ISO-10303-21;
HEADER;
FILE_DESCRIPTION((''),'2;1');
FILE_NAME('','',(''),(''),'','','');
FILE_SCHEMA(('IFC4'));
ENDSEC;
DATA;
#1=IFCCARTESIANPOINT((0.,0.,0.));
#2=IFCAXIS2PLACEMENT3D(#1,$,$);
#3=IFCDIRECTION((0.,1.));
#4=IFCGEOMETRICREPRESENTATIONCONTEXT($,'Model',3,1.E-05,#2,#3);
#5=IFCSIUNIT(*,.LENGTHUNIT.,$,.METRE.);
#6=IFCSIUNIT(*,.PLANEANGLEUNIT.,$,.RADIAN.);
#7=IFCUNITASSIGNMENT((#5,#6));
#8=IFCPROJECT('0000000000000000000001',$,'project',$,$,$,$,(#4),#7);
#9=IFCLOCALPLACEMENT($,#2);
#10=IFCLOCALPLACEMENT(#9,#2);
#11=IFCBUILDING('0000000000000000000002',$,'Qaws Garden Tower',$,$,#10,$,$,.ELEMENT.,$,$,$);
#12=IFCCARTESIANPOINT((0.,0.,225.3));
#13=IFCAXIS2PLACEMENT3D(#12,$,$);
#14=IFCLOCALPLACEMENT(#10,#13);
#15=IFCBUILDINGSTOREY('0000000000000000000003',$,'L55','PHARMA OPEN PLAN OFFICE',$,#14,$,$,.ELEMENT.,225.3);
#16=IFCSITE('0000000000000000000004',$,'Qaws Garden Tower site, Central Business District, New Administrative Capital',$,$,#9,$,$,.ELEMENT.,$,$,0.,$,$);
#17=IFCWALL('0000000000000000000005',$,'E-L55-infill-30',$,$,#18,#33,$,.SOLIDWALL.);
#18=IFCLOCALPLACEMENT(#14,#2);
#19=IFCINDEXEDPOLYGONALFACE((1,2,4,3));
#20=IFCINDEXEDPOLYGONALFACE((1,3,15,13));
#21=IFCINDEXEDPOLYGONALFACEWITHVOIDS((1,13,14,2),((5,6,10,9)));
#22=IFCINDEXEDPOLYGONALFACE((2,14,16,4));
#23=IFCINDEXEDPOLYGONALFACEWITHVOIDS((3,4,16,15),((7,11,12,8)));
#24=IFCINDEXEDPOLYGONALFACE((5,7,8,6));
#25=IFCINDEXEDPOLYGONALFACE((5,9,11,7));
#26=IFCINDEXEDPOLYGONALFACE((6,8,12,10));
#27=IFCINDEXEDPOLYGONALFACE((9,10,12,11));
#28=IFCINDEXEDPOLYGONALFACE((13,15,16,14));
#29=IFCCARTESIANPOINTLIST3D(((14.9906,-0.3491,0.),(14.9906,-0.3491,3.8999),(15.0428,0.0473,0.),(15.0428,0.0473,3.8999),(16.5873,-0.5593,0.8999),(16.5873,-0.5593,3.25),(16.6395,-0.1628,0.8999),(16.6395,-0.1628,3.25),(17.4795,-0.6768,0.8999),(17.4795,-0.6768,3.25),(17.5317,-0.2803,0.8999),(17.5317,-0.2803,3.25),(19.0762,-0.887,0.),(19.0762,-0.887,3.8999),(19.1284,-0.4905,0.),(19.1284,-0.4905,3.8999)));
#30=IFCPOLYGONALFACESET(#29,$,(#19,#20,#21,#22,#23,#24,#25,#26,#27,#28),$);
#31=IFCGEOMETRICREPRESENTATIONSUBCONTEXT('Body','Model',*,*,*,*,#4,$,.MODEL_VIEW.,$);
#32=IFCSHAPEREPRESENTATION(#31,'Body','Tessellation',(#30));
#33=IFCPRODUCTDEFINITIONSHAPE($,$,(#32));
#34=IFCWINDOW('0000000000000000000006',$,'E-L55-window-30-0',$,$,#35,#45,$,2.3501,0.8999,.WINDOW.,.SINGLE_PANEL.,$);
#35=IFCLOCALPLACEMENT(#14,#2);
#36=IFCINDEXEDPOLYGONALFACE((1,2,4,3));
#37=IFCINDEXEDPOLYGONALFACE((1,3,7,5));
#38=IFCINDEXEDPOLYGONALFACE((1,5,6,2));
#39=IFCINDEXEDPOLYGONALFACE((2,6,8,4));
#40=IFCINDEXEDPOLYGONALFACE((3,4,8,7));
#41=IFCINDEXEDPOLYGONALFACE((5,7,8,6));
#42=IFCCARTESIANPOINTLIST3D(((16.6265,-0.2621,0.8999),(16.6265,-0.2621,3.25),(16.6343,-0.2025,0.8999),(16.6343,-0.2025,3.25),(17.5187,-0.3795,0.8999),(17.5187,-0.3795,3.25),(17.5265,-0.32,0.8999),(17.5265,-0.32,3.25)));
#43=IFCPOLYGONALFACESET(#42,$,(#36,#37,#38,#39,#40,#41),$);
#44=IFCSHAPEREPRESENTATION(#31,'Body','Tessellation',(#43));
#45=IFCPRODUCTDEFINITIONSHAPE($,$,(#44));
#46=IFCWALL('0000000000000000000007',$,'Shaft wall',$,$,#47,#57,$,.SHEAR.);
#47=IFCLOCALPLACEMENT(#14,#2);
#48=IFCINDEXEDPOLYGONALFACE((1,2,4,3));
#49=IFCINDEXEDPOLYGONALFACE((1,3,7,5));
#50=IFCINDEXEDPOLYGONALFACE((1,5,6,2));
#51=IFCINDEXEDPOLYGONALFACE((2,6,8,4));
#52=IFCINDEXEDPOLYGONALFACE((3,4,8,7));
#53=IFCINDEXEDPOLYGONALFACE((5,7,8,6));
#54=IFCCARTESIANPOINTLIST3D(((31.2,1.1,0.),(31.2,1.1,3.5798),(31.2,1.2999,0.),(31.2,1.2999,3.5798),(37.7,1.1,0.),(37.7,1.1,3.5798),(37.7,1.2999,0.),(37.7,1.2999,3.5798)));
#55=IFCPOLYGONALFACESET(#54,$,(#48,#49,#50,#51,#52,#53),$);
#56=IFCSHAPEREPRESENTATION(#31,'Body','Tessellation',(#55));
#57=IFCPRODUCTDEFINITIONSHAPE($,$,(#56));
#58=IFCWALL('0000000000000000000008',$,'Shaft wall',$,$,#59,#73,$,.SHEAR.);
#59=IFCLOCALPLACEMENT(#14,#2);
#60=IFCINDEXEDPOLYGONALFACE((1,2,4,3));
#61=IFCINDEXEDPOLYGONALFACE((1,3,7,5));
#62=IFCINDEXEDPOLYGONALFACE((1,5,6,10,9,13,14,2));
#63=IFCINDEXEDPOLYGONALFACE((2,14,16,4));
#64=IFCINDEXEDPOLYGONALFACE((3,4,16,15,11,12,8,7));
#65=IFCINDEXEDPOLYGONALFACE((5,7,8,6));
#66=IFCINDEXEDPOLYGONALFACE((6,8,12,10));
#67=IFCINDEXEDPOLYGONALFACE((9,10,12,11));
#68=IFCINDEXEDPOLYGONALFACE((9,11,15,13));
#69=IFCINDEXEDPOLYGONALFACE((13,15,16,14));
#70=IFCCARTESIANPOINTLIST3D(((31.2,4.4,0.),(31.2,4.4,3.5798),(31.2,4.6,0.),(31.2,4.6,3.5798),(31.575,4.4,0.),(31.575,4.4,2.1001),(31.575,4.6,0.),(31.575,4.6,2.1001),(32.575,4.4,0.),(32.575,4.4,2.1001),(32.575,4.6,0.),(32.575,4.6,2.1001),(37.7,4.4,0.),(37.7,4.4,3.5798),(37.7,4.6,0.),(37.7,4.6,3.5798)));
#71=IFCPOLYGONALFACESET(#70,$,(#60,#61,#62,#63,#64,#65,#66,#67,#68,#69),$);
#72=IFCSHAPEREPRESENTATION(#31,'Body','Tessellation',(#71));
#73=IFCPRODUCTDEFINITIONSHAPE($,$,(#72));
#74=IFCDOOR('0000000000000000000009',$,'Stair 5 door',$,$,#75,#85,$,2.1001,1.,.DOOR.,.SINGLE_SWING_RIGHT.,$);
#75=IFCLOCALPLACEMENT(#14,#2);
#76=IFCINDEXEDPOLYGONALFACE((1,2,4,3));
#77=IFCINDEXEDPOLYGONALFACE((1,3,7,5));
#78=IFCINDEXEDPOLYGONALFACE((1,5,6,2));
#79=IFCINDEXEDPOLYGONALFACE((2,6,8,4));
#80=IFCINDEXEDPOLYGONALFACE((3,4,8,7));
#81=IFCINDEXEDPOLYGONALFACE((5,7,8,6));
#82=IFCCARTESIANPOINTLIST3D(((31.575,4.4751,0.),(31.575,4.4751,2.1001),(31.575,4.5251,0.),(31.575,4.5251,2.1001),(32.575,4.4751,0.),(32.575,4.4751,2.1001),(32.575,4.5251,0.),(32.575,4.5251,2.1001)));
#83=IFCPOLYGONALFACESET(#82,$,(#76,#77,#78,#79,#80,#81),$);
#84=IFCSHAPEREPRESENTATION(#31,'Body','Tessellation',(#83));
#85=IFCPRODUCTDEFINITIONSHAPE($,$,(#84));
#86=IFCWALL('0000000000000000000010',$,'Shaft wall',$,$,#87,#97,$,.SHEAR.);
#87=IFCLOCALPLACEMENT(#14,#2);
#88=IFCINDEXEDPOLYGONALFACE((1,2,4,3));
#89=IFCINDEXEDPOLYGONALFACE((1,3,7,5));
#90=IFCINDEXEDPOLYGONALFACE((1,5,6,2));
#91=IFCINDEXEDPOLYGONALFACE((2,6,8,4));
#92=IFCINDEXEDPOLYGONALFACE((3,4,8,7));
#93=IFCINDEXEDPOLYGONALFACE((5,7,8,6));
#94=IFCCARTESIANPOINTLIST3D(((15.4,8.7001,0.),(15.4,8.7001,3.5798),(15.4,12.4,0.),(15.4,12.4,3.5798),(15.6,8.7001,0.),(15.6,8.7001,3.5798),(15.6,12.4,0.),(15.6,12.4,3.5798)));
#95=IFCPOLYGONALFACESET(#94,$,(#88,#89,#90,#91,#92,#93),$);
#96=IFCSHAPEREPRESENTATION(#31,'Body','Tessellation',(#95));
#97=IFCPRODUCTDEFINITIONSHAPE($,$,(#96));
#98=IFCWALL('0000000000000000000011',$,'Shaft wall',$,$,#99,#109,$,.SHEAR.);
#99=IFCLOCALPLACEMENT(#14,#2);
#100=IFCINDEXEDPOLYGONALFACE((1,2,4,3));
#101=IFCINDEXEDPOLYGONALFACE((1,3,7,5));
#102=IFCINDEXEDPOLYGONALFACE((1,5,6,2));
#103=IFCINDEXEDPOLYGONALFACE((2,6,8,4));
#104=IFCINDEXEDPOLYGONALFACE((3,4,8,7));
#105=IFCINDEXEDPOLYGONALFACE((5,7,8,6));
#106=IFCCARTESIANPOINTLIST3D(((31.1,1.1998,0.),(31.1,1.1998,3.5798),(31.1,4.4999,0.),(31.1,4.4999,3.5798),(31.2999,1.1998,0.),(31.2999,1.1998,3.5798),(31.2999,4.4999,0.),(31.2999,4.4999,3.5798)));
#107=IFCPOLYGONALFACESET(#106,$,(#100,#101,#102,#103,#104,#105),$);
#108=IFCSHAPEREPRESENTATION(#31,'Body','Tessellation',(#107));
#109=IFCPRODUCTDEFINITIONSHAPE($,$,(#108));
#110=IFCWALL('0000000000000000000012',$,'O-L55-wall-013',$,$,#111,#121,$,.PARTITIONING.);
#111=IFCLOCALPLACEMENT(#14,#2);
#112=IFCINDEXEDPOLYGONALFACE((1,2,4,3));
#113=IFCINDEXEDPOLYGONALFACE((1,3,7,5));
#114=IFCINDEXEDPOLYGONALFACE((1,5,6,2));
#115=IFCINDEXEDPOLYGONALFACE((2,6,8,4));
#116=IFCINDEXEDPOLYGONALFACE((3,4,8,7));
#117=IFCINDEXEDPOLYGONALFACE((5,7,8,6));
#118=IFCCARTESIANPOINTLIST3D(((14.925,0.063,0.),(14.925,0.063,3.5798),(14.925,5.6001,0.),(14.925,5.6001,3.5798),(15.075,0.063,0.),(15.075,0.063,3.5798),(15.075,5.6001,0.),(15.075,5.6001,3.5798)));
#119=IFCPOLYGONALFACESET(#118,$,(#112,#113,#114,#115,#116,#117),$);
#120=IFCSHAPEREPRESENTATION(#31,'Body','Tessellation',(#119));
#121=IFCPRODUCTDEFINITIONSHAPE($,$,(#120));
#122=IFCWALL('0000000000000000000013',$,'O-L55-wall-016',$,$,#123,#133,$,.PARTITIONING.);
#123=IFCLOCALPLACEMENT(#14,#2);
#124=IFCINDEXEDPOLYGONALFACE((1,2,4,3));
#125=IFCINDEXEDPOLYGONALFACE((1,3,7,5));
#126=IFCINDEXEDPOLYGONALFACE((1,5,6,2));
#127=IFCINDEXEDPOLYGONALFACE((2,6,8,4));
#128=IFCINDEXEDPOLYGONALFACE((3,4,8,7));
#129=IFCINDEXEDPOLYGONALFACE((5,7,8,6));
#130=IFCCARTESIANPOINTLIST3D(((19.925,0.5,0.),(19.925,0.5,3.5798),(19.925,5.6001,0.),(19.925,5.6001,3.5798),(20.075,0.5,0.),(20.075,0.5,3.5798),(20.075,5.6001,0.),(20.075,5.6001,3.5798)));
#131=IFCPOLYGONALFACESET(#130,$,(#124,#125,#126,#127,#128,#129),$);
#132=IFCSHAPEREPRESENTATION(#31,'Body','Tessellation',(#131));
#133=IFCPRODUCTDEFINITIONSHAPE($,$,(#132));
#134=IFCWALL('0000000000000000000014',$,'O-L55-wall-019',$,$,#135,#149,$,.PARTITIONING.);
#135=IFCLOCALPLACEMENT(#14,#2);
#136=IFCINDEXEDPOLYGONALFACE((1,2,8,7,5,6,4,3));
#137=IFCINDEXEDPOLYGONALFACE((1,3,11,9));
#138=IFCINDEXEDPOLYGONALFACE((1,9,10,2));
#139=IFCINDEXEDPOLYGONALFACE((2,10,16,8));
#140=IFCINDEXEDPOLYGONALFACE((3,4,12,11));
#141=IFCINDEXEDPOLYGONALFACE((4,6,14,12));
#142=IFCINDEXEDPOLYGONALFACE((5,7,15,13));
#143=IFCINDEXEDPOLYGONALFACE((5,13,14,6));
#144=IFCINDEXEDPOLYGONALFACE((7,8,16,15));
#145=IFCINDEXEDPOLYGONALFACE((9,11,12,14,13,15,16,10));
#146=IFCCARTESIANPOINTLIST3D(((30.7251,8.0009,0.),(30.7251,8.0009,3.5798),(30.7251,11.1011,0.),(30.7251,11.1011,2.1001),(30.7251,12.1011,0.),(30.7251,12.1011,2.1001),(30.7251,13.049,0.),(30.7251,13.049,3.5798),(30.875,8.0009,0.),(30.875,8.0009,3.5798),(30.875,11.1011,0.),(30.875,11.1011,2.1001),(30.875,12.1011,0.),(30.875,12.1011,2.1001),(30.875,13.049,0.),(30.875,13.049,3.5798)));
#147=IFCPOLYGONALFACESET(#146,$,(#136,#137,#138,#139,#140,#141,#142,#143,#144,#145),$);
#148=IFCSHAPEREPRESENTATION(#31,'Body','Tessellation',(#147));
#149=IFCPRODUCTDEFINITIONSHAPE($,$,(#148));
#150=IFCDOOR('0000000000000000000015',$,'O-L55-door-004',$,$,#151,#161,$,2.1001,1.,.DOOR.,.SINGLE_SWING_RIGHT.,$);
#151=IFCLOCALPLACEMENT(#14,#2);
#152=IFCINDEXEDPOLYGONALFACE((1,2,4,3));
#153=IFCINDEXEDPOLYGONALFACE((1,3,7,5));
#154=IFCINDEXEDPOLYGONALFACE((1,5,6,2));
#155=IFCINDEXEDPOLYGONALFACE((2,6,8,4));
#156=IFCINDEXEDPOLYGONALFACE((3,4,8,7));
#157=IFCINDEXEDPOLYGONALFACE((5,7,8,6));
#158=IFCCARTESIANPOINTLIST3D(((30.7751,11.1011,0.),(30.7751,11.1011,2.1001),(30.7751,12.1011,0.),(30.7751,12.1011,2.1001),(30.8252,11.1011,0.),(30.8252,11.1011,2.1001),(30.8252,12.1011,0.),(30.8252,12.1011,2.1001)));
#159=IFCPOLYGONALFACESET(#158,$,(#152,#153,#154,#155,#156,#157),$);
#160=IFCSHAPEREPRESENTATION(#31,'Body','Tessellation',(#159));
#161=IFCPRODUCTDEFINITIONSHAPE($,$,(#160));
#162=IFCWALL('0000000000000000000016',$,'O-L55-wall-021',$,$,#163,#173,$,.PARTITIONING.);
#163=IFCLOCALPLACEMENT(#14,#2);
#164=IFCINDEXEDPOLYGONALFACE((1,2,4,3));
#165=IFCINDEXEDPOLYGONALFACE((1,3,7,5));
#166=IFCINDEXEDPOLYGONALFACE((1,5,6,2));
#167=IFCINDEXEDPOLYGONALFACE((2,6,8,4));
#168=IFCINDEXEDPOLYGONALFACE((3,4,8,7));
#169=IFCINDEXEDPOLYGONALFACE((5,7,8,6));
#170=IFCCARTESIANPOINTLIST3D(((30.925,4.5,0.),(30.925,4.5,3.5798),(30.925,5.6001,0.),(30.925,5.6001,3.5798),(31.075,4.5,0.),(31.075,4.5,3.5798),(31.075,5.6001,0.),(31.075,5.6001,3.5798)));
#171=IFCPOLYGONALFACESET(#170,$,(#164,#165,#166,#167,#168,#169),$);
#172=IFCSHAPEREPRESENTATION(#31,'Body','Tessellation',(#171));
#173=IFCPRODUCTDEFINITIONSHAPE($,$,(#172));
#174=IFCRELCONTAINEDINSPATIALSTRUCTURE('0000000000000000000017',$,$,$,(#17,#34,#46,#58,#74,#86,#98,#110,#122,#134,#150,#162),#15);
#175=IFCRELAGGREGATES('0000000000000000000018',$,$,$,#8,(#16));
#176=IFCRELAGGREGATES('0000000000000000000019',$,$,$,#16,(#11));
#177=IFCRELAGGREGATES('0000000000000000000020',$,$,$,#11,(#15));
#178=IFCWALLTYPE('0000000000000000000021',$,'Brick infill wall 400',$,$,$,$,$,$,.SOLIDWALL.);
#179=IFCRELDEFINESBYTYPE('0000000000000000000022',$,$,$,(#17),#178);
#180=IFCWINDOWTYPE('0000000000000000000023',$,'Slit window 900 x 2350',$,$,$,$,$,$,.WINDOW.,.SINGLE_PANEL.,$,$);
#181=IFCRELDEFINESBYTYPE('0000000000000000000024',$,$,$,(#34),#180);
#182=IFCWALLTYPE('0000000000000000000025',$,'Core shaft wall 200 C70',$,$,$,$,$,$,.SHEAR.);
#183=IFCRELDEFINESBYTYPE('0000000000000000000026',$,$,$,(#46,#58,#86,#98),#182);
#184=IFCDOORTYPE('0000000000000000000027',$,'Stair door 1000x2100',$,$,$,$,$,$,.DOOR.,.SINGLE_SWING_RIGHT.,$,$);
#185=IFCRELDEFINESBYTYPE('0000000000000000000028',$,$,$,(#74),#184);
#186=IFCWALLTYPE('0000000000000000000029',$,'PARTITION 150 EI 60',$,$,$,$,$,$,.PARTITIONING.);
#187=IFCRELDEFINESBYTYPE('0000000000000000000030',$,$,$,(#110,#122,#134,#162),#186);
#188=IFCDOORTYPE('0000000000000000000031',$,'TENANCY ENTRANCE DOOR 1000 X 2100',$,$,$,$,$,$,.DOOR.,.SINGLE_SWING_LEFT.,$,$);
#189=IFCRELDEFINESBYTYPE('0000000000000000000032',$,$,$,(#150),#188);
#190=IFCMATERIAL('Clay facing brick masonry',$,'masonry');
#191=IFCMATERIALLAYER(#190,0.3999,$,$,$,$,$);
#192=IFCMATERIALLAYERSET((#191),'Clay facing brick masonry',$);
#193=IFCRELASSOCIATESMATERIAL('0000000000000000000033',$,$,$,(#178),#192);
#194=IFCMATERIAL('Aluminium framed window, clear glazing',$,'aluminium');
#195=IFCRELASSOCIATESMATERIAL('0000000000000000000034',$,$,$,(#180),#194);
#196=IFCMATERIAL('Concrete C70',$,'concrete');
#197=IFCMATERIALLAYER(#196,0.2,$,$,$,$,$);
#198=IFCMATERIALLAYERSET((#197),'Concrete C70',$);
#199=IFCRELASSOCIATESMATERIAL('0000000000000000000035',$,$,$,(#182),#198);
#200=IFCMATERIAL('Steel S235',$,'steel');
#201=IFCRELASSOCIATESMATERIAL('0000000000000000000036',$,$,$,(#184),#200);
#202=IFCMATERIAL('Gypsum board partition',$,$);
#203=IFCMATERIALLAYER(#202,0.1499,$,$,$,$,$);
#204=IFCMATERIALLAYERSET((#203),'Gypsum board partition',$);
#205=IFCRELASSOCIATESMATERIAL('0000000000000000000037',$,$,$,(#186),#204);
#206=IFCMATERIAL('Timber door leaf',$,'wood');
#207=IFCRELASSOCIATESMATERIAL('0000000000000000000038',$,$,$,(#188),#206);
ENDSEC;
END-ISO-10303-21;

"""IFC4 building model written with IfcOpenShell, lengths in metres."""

from ifc_helpers import new_model, si_unit, direction, frame, frame_2d, origin, place, context, subcontext, project, spatial, rectangle, extrude, material, layer, layer_set, type_object, element, fill, save


model = new_model("IFC4")

# Units and contexts
model_context = context("Model", 3, precision=1e-05, world=origin(), true_north=direction((0.0, 1.0)))
body_context = subcontext(model_context, "Body", "Model", "MODEL_VIEW")
ifc_project = project(units=[si_unit("LENGTHUNIT", "METRE"), si_unit("PLANEANGLEUNIT", "RADIAN")], contexts=[model_context])

# Site, building, storey
site_placement = place(None, origin())
site = spatial("IfcSite", under=ifc_project, at=site_placement, Name="Qaws Garden Tower site, Central Business District, New Administrative Capital", CompositionType="ELEMENT", RefElevation=0.0)
building_placement = place(site_placement, origin())
building = spatial("IfcBuilding", under=site, at=building_placement, Name="Qaws Garden Tower", CompositionType="ELEMENT")
storey_placement = place(building_placement, frame((0.0, 0.0, 225.3)))
storey = spatial("IfcBuildingStorey", under=building, at=storey_placement, Name="L55", Description="PHARMA OPEN PLAN OFFICE", CompositionType="ELEMENT", Elevation=225.3)

# Shared definitions
ifc_material_1 = material(Name="Clay facing brick masonry", Category="masonry")
ifc_layer_1 = layer(ifc_material_1, 0.3999)
ifc_layer_set_1 = layer_set([ifc_layer_1], Name="Clay facing brick masonry")
wall_type_1 = type_object("IfcWallType", Name="Brick infill wall 400", PredefinedType="SOLIDWALL", material=ifc_layer_set_1)
ifc_material_2 = material(Name="Aluminium framed window, clear glazing", Category="aluminium")
window_type = type_object("IfcWindowType", Name="Slit window 900 x 2350", PartitioningType="SINGLE_PANEL", PredefinedType="WINDOW", material=ifc_material_2)

# Wall, opening, window
wall_1_placement = place(storey_placement, frame((15.0166, -0.1509, 0.0), z_axis=(0.0, 0.0, 1.0), x_axis=(0.991446, -0.130514, 0.0)))
wall_1 = element("IfcWall", 1, at=wall_1_placement, inside=storey, type_object=wall_type_1, Name="E-L55-infill-30", PredefinedType="SOLIDWALL", context=body_context, shape_type="SweptSolid", body=[
    extrude(rectangle(XDim=4.1208, YDim=0.3999, at=frame_2d((2.0605, 0.0))), origin(), (0.0, 0.0, 1.0), 3.8999),
])
opening_1_placement = place(wall_1_placement, frame((1.6106, 0.0, 0.8999)))
opening_1 = element("IfcOpeningElement", 2, at=opening_1_placement, cuts=wall_1, PredefinedType="OPENING", context=body_context, shape_type="SweptSolid", body=[
    extrude(rectangle(XDim=0.8999, YDim=2.3501, at=frame_2d((0.45, 1.175))), frame((0.0, 0.21, 0.0), z_axis=(0.0, -1.0, 0.0), x_axis=(1.0, 0.0, 0.0)), (0.0, 0.0, 1.0), 0.4199),
])
window_1_placement = place(opening_1_placement, origin())
window_1 = element("IfcWindow", 3, at=window_1_placement, inside=storey, type_object=window_type, Name="E-L55-window-30-0", OverallHeight=2.3501, OverallWidth=0.8999, PartitioningType="SINGLE_PANEL", PredefinedType="WINDOW", context=body_context, shape_type="SweptSolid", body=[
    extrude(rectangle(XDim=0.8999, YDim=2.3501, at=frame_2d((0.45, 1.175))), frame((0.0, 0.1599, 0.0), z_axis=(0.0, -1.0, 0.0), x_axis=(1.0, 0.0, 0.0)), (0.0, 0.0, 1.0), 0.0601),
])
fill(opening_1, window_1)

# Wall
ifc_material_3 = material(Name="Concrete C70", Category="concrete")
ifc_layer_2 = layer(ifc_material_3, 0.2)
ifc_layer_set_2 = layer_set([ifc_layer_2], Name="Concrete C70")
wall_type_2 = type_object("IfcWallType", Name="Core shaft wall 200 C70", PredefinedType="SHEAR", material=ifc_layer_set_2)
wall_2_placement = place(storey_placement, frame((31.2, 1.2, 0.0), z_axis=(0.0, 0.0, 1.0), x_axis=(1.0, 0.0, 0.0)))
element("IfcWall", 4, at=wall_2_placement, inside=storey, type_object=wall_type_2, Name="Shaft wall", PredefinedType="SHEAR", context=body_context, shape_type="SweptSolid", body=[
    extrude(rectangle(XDim=6.5, YDim=0.2, at=frame_2d((3.25, 0.0))), origin(), (0.0, 0.0, 1.0), 3.5798),
])

# Wall, opening, door
wall_3_placement = place(storey_placement, frame((31.2, 4.5, 0.0), z_axis=(0.0, 0.0, 1.0), x_axis=(1.0, 0.0, 0.0)))
wall_3 = element("IfcWall", 5, at=wall_3_placement, inside=storey, type_object=wall_type_2, Name="Shaft wall", PredefinedType="SHEAR", context=body_context, shape_type="SweptSolid", body=[
    extrude(rectangle(XDim=6.5, YDim=0.2, at=frame_2d((3.25, 0.0))), origin(), (0.0, 0.0, 1.0), 3.5798),
])
opening_2_placement = place(wall_3_placement, frame((0.375, 0.0, 0.0)))
opening_2 = element("IfcOpeningElement", 6, at=opening_2_placement, cuts=wall_3, PredefinedType="OPENING", context=body_context, shape_type="SweptSolid", body=[
    extrude(rectangle(XDim=1.0, YDim=2.1001, at=frame_2d((0.5, 1.05))), frame((0.0, 0.1099, 0.0), z_axis=(0.0, -1.0, 0.0), x_axis=(1.0, 0.0, 0.0)), (0.0, 0.0, 1.0), 0.22),
])
ifc_material_4 = material(Name="Steel S235", Category="steel")
door_type_1 = type_object("IfcDoorType", Name="Stair door 1000x2100", OperationType="SINGLE_SWING_RIGHT", PredefinedType="DOOR", material=ifc_material_4)
door_1_placement = place(opening_2_placement, frame((1.0, 0.0, 0.0), z_axis=(0.0, 0.0, 1.0), x_axis=(-1.0, 0.0, 0.0)))
door_1 = element("IfcDoor", 7, at=door_1_placement, inside=storey, type_object=door_type_1, Name="Stair 5 door", OperationType="SINGLE_SWING_RIGHT", OverallHeight=2.1001, OverallWidth=1.0, PredefinedType="DOOR", context=body_context, shape_type="SweptSolid", body=[
    extrude(rectangle(XDim=1.0, YDim=2.1001, at=frame_2d((0.5, 1.05))), frame((0.0, 0.0249, 0.0), z_axis=(0.0, -1.0, 0.0), x_axis=(1.0, 0.0, 0.0)), (0.0, 0.0, 1.0), 0.05),
])
fill(opening_2, door_1)

# Walls
wall_4_placement = place(storey_placement, frame((15.5, 8.7, 0.0), z_axis=(0.0, 0.0, 1.0), x_axis=(0.0, 1.0, 0.0)))
element("IfcWall", 8, at=wall_4_placement, inside=storey, type_object=wall_type_2, Name="Shaft wall", PredefinedType="SHEAR", context=body_context, shape_type="SweptSolid", body=[
    extrude(rectangle(XDim=3.7, YDim=0.2, at=frame_2d((1.8501, 0.0))), origin(), (0.0, 0.0, 1.0), 3.5798),
])
wall_5_placement = place(storey_placement, frame((31.2, 1.2, 0.0), z_axis=(0.0, 0.0, 1.0), x_axis=(0.0, 1.0, 0.0)))
element("IfcWall", 9, at=wall_5_placement, inside=storey, type_object=wall_type_2, Name="Shaft wall", PredefinedType="SHEAR", context=body_context, shape_type="SweptSolid", body=[
    extrude(rectangle(XDim=3.3, YDim=0.2, at=frame_2d((1.6499, 0.0))), origin(), (0.0, 0.0, 1.0), 3.5798),
])
ifc_material_5 = material(Name="Gypsum board partition")
ifc_layer_3 = layer(ifc_material_5, 0.1499)
ifc_layer_set_3 = layer_set([ifc_layer_3], Name="Gypsum board partition")
wall_type_3 = type_object("IfcWallType", Name="PARTITION 150 EI 60", PredefinedType="PARTITIONING", material=ifc_layer_set_3)
wall_6_placement = place(storey_placement, frame((15.0, 0.063, 0.0), z_axis=(0.0, 0.0, 1.0), x_axis=(0.0, 1.0, 0.0)))
element("IfcWall", 10, at=wall_6_placement, inside=storey, type_object=wall_type_3, Name="O-L55-wall-013", PredefinedType="PARTITIONING", context=body_context, shape_type="SweptSolid", body=[
    extrude(rectangle(XDim=5.5371, YDim=0.1499, at=frame_2d((2.7686, 0.0))), origin(), (0.0, 0.0, 1.0), 3.5798),
])
wall_7_placement = place(storey_placement, frame((20.0, 0.5, 0.0), z_axis=(0.0, 0.0, 1.0), x_axis=(0.0, 1.0, 0.0)))
element("IfcWall", 11, at=wall_7_placement, inside=storey, type_object=wall_type_3, Name="O-L55-wall-016", PredefinedType="PARTITIONING", context=body_context, shape_type="SweptSolid", body=[
    extrude(rectangle(XDim=5.1001, YDim=0.1499, at=frame_2d((2.55, 0.0))), origin(), (0.0, 0.0, 1.0), 3.5798),
])

# Wall, opening, door
wall_8_placement = place(storey_placement, frame((30.8, 8.001, 0.0), z_axis=(0.0, 0.0, 1.0), x_axis=(0.0, 1.0, 0.0)))
wall_8 = element("IfcWall", 12, at=wall_8_placement, inside=storey, type_object=wall_type_3, Name="O-L55-wall-019", PredefinedType="PARTITIONING", context=body_context, shape_type="SweptSolid", body=[
    extrude(rectangle(XDim=5.0481, YDim=0.1499, at=frame_2d((2.5239, 0.0))), origin(), (0.0, 0.0, 1.0), 3.5798),
])
opening_3_placement = place(wall_8_placement, frame((3.1001, 0.0, 0.0)))
opening_3 = element("IfcOpeningElement", 13, at=opening_3_placement, cuts=wall_8, PredefinedType="OPENING", context=body_context, shape_type="SweptSolid", body=[
    extrude(rectangle(XDim=1.0, YDim=2.1001, at=frame_2d((0.5, 1.05))), frame((0.0, 0.085, 0.0), z_axis=(0.0, -1.0, 0.0), x_axis=(1.0, 0.0, 0.0)), (0.0, 0.0, 1.0), 0.1699),
])
ifc_material_6 = material(Name="Timber door leaf", Category="wood")
door_type_2 = type_object("IfcDoorType", Name="TENANCY ENTRANCE DOOR 1000 X 2100", OperationType="SINGLE_SWING_LEFT", PredefinedType="DOOR", material=ifc_material_6)
door_2_placement = place(opening_3_placement, origin())
door_2 = element("IfcDoor", 14, at=door_2_placement, inside=storey, type_object=door_type_2, Name="O-L55-door-004", OperationType="SINGLE_SWING_RIGHT", OverallHeight=2.1001, OverallWidth=1.0, PredefinedType="DOOR", context=body_context, shape_type="SweptSolid", body=[
    extrude(rectangle(XDim=1.0, YDim=2.1001, at=frame_2d((0.5, 1.05))), frame((0.0, 0.0249, 0.0), z_axis=(0.0, -1.0, 0.0), x_axis=(1.0, 0.0, 0.0)), (0.0, 0.0, 1.0), 0.05),
])
fill(opening_3, door_2)

# Wall
wall_9_placement = place(storey_placement, frame((31.0, 4.5, 0.0), z_axis=(0.0, 0.0, 1.0), x_axis=(0.0, 1.0, 0.0)))
element("IfcWall", 15, at=wall_9_placement, inside=storey, type_object=wall_type_3, Name="O-L55-wall-021", PredefinedType="PARTITIONING", context=body_context, shape_type="SweptSolid", body=[
    extrude(rectangle(XDim=1.1001, YDim=0.1499, at=frame_2d((0.55, 0.0))), origin(), (0.0, 0.0, 1.0), 3.5798),
])

save(model, "model.ifc")
